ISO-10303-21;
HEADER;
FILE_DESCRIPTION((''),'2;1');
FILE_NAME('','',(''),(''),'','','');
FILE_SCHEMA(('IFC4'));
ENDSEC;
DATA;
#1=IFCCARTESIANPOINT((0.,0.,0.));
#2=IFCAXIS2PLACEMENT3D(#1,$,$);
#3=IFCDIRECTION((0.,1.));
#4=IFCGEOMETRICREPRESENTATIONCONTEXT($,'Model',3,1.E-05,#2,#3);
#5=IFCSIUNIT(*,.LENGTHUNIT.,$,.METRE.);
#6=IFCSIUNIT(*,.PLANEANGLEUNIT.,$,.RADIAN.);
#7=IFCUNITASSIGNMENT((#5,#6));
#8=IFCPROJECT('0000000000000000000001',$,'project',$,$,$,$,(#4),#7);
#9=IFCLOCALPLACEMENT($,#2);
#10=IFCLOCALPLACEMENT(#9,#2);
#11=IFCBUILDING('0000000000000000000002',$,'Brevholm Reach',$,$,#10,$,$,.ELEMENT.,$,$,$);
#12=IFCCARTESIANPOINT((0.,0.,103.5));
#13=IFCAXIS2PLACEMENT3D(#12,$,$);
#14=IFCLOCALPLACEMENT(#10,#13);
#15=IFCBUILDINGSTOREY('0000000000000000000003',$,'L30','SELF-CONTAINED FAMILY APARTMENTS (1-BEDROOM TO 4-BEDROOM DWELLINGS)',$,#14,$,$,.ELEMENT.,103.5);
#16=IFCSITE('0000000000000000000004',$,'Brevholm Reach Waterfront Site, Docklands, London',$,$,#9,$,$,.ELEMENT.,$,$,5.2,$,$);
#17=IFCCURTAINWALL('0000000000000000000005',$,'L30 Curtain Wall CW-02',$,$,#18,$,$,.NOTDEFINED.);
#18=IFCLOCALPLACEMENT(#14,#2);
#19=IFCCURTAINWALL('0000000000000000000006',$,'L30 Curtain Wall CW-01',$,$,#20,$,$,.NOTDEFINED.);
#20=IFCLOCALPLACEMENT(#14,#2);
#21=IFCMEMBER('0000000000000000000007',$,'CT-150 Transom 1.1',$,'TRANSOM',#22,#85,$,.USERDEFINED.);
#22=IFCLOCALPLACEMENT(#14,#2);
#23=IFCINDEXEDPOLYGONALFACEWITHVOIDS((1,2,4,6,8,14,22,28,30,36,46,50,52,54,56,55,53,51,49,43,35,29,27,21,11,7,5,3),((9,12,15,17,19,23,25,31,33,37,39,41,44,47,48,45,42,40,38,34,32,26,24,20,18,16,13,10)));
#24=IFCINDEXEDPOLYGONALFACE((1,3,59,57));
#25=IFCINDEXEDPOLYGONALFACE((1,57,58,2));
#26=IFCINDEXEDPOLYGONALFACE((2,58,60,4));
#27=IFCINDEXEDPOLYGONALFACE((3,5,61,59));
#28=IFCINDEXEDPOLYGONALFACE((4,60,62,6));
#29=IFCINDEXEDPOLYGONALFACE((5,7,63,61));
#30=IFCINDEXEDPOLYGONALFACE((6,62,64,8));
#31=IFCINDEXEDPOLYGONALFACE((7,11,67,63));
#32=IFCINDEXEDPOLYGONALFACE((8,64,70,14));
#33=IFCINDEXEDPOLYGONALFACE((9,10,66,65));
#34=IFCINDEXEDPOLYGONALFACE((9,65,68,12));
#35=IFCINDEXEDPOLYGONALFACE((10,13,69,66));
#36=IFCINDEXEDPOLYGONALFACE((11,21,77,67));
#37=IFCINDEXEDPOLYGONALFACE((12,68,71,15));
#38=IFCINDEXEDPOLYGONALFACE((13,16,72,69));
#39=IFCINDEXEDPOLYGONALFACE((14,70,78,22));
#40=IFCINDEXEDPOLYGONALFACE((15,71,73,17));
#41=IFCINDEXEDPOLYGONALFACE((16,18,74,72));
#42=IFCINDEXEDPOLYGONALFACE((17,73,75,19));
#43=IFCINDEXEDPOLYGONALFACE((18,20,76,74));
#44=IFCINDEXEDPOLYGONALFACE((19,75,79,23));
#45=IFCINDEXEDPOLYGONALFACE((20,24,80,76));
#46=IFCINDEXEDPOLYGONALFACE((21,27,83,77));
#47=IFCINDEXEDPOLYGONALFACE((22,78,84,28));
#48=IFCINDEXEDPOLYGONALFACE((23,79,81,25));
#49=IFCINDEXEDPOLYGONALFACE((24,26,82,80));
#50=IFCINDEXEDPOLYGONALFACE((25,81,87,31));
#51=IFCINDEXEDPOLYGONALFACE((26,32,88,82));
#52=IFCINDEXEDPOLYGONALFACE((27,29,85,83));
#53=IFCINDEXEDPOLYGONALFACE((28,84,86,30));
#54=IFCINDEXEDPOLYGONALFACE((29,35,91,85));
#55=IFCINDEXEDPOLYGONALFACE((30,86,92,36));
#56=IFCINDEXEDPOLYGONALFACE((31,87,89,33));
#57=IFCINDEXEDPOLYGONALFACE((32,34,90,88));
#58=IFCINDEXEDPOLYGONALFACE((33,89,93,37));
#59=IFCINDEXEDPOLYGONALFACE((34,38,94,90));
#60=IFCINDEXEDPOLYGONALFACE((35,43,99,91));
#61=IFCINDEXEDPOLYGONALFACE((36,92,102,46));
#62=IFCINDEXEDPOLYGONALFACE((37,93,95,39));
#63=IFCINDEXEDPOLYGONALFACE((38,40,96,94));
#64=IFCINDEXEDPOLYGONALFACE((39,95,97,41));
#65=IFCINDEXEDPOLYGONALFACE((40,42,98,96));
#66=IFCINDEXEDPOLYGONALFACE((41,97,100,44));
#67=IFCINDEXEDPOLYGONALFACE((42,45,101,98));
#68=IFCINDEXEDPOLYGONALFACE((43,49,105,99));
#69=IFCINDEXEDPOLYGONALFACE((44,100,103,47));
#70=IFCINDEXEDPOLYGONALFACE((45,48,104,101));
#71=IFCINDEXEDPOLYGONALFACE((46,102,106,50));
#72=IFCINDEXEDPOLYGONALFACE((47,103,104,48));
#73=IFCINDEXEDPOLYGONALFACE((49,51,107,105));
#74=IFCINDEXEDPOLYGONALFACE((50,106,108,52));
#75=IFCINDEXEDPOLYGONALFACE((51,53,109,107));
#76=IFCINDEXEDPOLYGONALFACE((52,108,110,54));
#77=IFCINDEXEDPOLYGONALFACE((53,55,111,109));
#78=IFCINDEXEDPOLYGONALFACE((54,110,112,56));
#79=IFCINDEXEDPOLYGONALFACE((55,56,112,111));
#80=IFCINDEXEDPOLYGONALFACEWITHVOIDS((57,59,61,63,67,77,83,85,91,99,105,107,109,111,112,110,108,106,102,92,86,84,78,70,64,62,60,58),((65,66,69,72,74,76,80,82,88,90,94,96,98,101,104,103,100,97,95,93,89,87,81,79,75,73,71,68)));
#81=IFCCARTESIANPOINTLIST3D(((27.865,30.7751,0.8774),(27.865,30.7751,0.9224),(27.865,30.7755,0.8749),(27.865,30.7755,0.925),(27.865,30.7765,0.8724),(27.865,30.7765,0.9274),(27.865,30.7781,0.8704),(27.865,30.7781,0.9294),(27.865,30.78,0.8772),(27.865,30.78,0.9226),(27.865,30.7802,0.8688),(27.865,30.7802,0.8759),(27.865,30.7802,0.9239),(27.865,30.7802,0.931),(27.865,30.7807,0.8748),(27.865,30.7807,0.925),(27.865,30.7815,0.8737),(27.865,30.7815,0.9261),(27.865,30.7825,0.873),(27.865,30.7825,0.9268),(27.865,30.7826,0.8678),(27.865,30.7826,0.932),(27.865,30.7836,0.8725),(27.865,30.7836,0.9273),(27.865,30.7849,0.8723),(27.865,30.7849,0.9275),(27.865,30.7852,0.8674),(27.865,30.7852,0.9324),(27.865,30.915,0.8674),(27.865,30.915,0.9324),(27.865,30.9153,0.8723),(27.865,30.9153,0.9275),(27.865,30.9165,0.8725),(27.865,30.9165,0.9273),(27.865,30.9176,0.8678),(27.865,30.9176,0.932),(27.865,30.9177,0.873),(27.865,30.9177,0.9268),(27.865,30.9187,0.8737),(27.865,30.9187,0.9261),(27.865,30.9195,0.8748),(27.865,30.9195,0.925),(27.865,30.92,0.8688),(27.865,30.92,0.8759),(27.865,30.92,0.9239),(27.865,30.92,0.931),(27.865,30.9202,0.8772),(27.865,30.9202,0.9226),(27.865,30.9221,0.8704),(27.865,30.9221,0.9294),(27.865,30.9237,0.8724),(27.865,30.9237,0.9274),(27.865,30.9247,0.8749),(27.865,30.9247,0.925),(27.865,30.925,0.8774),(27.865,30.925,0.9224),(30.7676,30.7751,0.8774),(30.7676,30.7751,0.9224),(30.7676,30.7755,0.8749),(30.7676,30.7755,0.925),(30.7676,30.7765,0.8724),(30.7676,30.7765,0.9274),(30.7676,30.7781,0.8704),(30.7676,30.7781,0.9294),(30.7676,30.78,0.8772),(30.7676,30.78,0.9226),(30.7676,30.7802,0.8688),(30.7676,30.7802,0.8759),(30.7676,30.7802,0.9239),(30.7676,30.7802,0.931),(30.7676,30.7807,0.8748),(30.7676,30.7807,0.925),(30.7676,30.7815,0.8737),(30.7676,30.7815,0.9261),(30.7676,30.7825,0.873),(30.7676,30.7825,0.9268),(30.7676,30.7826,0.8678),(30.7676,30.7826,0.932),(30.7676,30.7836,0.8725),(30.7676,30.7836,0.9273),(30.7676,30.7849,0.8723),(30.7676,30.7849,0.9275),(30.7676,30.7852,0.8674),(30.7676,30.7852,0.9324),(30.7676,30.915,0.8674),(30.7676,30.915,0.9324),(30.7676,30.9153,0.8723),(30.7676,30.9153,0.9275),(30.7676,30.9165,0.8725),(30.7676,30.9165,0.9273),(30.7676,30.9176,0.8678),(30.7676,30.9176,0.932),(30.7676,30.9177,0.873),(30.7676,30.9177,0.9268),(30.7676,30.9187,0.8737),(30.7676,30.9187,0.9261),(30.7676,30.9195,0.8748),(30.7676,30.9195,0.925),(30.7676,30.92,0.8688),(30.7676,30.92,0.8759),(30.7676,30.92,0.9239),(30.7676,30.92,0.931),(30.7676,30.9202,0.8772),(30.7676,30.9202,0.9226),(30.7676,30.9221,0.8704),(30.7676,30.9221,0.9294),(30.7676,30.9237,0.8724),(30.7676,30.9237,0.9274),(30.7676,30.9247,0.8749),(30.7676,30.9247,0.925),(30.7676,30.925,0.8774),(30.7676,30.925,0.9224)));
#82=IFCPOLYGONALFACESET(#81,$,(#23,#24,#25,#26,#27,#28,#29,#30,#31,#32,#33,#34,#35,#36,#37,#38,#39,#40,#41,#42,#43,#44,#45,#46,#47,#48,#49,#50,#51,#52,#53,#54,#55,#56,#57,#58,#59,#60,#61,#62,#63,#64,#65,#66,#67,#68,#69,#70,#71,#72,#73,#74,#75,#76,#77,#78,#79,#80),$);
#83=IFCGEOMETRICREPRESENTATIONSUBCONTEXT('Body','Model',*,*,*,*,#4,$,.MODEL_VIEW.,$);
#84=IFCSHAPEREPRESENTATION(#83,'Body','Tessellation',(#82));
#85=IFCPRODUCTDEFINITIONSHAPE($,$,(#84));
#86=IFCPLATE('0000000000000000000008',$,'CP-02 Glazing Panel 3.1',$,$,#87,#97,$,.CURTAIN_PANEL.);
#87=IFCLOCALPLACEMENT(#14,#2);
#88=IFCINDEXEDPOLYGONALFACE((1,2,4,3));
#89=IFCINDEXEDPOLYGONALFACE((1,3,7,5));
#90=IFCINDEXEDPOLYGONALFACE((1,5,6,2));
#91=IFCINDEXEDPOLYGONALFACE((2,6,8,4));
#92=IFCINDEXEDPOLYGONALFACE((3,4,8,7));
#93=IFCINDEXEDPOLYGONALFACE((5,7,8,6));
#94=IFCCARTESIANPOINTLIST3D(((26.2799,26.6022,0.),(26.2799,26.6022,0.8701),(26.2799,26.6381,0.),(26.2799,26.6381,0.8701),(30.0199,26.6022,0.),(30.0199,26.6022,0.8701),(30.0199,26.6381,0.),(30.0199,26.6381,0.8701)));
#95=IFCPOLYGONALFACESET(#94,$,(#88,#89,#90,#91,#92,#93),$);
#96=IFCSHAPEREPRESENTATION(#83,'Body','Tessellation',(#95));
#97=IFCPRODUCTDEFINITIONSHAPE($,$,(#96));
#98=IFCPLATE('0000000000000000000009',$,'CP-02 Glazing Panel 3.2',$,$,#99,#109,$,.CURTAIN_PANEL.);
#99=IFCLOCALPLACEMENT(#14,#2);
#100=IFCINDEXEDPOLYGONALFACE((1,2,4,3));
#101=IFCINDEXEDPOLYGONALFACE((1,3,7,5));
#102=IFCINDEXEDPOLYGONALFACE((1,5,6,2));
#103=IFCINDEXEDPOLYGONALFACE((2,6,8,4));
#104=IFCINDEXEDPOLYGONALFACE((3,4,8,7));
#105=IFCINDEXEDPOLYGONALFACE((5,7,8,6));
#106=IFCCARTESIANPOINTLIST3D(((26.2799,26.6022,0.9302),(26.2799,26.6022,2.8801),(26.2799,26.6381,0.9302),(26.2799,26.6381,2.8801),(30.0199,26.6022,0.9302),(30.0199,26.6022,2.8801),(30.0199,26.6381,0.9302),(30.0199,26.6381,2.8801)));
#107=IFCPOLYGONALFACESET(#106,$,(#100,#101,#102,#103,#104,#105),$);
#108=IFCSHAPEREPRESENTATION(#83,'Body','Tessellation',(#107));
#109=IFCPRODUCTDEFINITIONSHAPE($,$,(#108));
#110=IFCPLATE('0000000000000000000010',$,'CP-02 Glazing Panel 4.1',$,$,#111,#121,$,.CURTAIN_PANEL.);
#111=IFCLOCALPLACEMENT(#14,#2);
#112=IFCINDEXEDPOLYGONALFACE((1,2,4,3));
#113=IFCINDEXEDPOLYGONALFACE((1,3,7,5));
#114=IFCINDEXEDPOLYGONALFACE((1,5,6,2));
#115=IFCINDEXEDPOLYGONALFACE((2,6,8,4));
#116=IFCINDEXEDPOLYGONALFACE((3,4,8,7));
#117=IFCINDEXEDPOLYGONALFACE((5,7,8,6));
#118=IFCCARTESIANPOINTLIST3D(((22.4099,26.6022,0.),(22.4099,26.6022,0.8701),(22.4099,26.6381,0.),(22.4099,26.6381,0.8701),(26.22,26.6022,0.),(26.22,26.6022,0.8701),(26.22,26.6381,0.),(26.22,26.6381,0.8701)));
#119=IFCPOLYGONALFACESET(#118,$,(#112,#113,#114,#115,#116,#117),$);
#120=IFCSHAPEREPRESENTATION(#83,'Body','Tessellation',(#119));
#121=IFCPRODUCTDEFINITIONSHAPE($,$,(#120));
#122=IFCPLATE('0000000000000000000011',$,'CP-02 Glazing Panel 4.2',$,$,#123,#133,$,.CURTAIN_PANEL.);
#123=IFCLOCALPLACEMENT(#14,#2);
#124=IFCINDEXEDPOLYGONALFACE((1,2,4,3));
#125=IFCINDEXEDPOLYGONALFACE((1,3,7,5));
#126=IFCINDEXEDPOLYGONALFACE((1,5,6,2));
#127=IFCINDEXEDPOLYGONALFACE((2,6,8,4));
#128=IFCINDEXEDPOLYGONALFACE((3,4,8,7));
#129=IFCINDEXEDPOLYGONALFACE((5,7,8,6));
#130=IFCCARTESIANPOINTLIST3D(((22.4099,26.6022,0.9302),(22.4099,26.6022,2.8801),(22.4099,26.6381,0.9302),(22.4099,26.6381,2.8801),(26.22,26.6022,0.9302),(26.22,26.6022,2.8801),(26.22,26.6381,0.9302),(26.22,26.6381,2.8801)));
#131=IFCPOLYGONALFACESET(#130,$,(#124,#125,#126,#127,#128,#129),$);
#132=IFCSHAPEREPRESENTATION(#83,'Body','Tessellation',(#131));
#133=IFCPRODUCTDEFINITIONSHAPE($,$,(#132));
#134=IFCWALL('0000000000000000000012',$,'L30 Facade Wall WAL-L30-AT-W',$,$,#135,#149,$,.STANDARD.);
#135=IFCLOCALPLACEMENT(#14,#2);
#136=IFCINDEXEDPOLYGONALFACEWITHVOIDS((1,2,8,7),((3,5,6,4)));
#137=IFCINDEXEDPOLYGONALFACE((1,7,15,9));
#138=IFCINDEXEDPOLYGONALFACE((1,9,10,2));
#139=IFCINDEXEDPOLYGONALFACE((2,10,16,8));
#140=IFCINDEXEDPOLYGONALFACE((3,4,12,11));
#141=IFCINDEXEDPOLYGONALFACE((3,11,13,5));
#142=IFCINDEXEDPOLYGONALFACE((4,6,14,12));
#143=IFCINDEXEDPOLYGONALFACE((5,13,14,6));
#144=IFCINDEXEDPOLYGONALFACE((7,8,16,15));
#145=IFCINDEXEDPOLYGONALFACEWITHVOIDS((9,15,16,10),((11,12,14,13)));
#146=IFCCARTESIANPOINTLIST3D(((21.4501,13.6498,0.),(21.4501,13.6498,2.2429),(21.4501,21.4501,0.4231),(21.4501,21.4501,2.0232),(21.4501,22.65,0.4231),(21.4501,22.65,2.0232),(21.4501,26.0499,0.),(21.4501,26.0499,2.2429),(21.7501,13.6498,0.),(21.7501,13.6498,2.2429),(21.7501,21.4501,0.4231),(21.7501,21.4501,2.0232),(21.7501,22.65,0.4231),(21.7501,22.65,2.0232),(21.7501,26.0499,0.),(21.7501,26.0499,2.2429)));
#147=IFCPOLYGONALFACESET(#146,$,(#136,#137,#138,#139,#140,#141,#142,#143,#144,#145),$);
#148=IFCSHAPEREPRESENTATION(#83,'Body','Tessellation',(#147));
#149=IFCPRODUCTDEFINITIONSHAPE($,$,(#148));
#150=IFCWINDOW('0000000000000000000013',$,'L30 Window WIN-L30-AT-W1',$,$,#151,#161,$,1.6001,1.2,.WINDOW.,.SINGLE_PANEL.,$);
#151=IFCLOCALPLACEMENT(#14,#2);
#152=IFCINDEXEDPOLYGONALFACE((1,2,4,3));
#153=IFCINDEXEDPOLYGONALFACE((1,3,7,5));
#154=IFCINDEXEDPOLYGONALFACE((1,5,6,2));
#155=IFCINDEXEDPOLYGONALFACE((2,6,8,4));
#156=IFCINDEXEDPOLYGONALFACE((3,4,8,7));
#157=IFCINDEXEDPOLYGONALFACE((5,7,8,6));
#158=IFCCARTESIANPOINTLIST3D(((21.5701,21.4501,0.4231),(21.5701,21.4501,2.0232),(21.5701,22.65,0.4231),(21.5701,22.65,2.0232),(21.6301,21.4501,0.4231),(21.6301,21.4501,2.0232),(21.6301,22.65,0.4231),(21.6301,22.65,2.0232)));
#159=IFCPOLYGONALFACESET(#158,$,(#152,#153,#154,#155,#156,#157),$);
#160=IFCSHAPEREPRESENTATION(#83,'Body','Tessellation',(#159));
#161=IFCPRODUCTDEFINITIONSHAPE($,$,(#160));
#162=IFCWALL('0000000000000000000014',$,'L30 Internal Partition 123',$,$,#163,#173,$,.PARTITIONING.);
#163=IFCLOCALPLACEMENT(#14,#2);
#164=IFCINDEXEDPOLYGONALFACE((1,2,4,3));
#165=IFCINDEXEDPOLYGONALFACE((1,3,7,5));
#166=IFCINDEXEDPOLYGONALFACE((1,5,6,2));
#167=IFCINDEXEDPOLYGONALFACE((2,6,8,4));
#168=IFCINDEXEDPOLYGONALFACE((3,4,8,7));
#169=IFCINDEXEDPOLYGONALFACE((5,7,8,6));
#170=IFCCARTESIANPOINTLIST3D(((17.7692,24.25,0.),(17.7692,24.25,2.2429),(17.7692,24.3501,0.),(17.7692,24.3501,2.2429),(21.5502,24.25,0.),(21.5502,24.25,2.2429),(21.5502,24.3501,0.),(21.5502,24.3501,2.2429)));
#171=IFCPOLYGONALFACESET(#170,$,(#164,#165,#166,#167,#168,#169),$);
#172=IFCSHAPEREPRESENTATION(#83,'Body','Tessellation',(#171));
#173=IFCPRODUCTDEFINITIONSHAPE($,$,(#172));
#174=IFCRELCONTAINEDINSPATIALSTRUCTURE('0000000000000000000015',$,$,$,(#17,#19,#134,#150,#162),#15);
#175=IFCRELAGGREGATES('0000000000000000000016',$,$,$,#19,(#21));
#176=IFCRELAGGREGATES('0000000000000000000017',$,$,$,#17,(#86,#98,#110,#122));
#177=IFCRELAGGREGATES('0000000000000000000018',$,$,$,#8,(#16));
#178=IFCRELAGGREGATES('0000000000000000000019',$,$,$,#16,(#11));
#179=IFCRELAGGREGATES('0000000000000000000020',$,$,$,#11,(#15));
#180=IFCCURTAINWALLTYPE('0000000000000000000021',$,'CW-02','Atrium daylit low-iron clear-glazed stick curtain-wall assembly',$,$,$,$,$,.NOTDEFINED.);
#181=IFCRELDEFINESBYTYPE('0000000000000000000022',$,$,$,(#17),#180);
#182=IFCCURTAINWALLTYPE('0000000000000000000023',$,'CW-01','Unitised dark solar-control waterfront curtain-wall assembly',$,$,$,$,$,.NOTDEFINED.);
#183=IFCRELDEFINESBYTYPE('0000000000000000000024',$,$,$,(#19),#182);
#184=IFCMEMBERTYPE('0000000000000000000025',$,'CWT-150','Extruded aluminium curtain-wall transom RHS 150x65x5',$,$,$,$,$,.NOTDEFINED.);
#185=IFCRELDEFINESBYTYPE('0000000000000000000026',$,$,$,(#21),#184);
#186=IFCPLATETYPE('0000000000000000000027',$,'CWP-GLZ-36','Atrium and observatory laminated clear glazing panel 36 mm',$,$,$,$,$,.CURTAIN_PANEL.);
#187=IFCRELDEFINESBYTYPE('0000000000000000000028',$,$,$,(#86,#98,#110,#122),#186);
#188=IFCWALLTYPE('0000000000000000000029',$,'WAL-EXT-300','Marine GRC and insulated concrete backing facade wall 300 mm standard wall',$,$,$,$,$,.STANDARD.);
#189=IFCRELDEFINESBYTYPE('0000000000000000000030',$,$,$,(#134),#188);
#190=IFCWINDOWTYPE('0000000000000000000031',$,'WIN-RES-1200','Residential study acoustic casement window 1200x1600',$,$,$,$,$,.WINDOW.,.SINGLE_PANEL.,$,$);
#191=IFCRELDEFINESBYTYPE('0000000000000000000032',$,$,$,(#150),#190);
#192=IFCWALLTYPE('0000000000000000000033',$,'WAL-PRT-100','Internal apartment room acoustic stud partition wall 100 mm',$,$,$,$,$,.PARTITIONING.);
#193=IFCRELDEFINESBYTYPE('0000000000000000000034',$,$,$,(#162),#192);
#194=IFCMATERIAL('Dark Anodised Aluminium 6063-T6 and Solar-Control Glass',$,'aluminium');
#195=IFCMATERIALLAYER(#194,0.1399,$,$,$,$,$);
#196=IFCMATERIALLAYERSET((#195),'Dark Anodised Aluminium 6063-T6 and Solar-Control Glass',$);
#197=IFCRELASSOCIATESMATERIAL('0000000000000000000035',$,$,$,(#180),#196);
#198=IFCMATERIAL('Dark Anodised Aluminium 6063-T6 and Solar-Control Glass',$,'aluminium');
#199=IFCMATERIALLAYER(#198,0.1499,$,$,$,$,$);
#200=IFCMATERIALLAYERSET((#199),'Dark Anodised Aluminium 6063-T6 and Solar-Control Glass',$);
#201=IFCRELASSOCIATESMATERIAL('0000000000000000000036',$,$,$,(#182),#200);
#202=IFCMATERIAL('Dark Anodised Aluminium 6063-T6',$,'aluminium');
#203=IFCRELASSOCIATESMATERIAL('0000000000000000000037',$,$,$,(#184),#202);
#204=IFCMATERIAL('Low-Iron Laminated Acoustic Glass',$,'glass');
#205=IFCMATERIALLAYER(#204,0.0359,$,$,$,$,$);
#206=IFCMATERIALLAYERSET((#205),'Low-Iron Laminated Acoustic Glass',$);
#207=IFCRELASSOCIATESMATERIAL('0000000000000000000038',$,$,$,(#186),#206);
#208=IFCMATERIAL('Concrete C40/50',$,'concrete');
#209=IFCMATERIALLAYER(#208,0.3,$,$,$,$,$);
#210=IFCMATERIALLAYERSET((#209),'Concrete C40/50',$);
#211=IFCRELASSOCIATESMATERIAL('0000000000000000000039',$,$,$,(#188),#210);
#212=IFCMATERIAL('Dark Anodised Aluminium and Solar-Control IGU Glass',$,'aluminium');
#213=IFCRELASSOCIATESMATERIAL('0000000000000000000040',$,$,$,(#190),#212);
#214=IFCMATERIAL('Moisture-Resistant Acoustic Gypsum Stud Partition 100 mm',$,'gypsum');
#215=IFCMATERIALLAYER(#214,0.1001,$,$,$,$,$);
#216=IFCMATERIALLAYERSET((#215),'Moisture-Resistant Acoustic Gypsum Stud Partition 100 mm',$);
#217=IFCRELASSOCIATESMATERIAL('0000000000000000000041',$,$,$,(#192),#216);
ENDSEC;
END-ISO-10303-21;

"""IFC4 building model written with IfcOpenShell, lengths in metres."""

from ifc_helpers import new_model, si_unit, direction, frame, frame_2d, origin, origin_2d, place, context, subcontext, project, spatial, rectangle, hollow_rectangle, extrude, material, layer, layer_set, material_profile, profile_set, type_object, element, fill, aggregate, save


model = new_model("IFC4")

# Units and contexts
model_context = context("Model", 3, precision=1e-05, world=origin(), true_north=direction((0.0, 1.0)))
body_context = subcontext(model_context, "Body", "Model", "MODEL_VIEW")
ifc_project = project(units=[si_unit("LENGTHUNIT", "METRE"), si_unit("PLANEANGLEUNIT", "RADIAN")], contexts=[model_context])

# Site, building, storey
site_placement = place(None, origin())
site = spatial("IfcSite", under=ifc_project, at=site_placement, Name="Brevholm Reach Waterfront Site, Docklands, London", CompositionType="ELEMENT", RefElevation=5.2)
building_placement = place(site_placement, origin())
building = spatial("IfcBuilding", under=site, at=building_placement, Name="Brevholm Reach", CompositionType="ELEMENT")
storey_placement = place(building_placement, frame((0.0, 0.0, 103.5)))
storey = spatial("IfcBuildingStorey", under=building, at=storey_placement, Name="L30", Description="SELF-CONTAINED FAMILY APARTMENTS (1-BEDROOM TO 4-BEDROOM DWELLINGS)", CompositionType="ELEMENT", Elevation=103.5)

# Curtain wall
ifc_material_1 = material(Name="Dark Anodised Aluminium 6063-T6 and Solar-Control Glass", Category="aluminium")
ifc_layer_1 = layer(ifc_material_1, 0.1399)
ifc_layer_set_1 = layer_set([ifc_layer_1], Name="Dark Anodised Aluminium 6063-T6 and Solar-Control Glass")
curtain_wall_type_1 = type_object("IfcCurtainWallType", Name="CW-02", Description="Atrium daylit low-iron clear-glazed stick curtain-wall assembly", PredefinedType="NOTDEFINED", material=ifc_layer_set_1)
curtain_wall_1_placement = place(storey_placement, origin())
curtain_wall_1 = element("IfcCurtainWall", 1, at=curtain_wall_1_placement, inside=storey, type_object=curtain_wall_type_1, Name="L30 Curtain Wall CW-02", PredefinedType="NOTDEFINED")

# Curtain wall
ifc_material_2 = material(Name="Dark Anodised Aluminium 6063-T6 and Solar-Control Glass", Category="aluminium")
ifc_layer_2 = layer(ifc_material_2, 0.1499)
ifc_layer_set_2 = layer_set([ifc_layer_2], Name="Dark Anodised Aluminium 6063-T6 and Solar-Control Glass")
curtain_wall_type_2 = type_object("IfcCurtainWallType", Name="CW-01", Description="Unitised dark solar-control waterfront curtain-wall assembly", PredefinedType="NOTDEFINED", material=ifc_layer_set_2)
curtain_wall_2_placement = place(storey_placement, origin())
curtain_wall_2 = element("IfcCurtainWall", 2, at=curtain_wall_2_placement, inside=storey, type_object=curtain_wall_type_2, Name="L30 Curtain Wall CW-01", PredefinedType="NOTDEFINED")

# Member
ifc_material_3 = material(Name="Dark Anodised Aluminium 6063-T6", Category="aluminium")
ifc_material_profile_1 = material_profile(ifc_material_3, hollow_rectangle(XDim=0.0649, YDim=0.1499, WallThickness=0.0049, InnerFilletRadius=0.0049, OuterFilletRadius=0.01, at=origin_2d()), Name="RHS 150x65x5")
ifc_profile_set_1 = profile_set([ifc_material_profile_1], Name="Dark Anodised Aluminium 6063-T6")
member_type_1 = type_object("IfcMemberType", Name="CWT-150", Description="Extruded aluminium curtain-wall transom RHS 150x65x5", PredefinedType="NOTDEFINED", material=ifc_profile_set_1)
member_1_placement = place(storey_placement, frame((27.865, 30.8501, 0.8999), z_axis=(1.0, 0.0, 0.0), x_axis=(0.0, 0.0, 1.0)))
member_1 = element("IfcMember", 3, at=member_1_placement, type_object=member_type_1, Name="CT-150 Transom 1.1", ObjectType="TRANSOM", PredefinedType="USERDEFINED", context=body_context, shape_type="SweptSolid", body=[
    extrude(hollow_rectangle(XDim=0.0649, YDim=0.1499, WallThickness=0.0049, InnerFilletRadius=0.0049, OuterFilletRadius=0.01, at=origin_2d()), origin(), (0.0, 0.0, 1.0), 2.9026),
])
aggregate(curtain_wall_2, [member_1])

# Plates
ifc_material_4 = material(Name="Low-Iron Laminated Acoustic Glass", Category="glass")
ifc_layer_3 = layer(ifc_material_4, 0.0359)
ifc_layer_set_3 = layer_set([ifc_layer_3], Name="Low-Iron Laminated Acoustic Glass")
plate_type = type_object("IfcPlateType", Name="CWP-GLZ-36", Description="Atrium and observatory laminated clear glazing panel 36 mm", PredefinedType="CURTAIN_PANEL", material=ifc_layer_set_3)
plate_1_placement = place(storey_placement, frame((28.1499, 26.6201, 0.0), z_axis=(0.0, 0.0, 1.0), x_axis=(-1.0, 0.0, 0.0)))
plate_1 = element("IfcPlate", 4, at=plate_1_placement, type_object=plate_type, Name="CP-02 Glazing Panel 3.1", PredefinedType="CURTAIN_PANEL", context=body_context, shape_type="SweptSolid", body=[
    extrude(rectangle(XDim=3.74, YDim=0.0359, at=origin_2d()), origin(), (0.0, 0.0, 1.0), 0.8701),
])
plate_2_placement = place(storey_placement, frame((28.1499, 26.6201, 0.9302), z_axis=(0.0, 0.0, 1.0), x_axis=(-1.0, 0.0, 0.0)))
plate_2 = element("IfcPlate", 5, at=plate_2_placement, type_object=plate_type, Name="CP-02 Glazing Panel 3.2", PredefinedType="CURTAIN_PANEL", context=body_context, shape_type="SweptSolid", body=[
    extrude(rectangle(XDim=3.74, YDim=0.0359, at=origin_2d()), origin(), (0.0, 0.0, 1.0), 1.95),
])
plate_3_placement = place(storey_placement, frame((24.3149, 26.6201, 0.0), z_axis=(0.0, 0.0, 1.0), x_axis=(-1.0, 0.0, 0.0)))
plate_3 = element("IfcPlate", 6, at=plate_3_placement, type_object=plate_type, Name="CP-02 Glazing Panel 4.1", PredefinedType="CURTAIN_PANEL", context=body_context, shape_type="SweptSolid", body=[
    extrude(rectangle(XDim=3.8101, YDim=0.0359, at=origin_2d()), origin(), (0.0, 0.0, 1.0), 0.8701),
])
plate_4_placement = place(storey_placement, frame((24.3149, 26.6201, 0.9302), z_axis=(0.0, 0.0, 1.0), x_axis=(-1.0, 0.0, 0.0)))
plate_4 = element("IfcPlate", 7, at=plate_4_placement, type_object=plate_type, Name="CP-02 Glazing Panel 4.2", PredefinedType="CURTAIN_PANEL", context=body_context, shape_type="SweptSolid", body=[
    extrude(rectangle(XDim=3.8101, YDim=0.0359, at=origin_2d()), origin(), (0.0, 0.0, 1.0), 1.95),
])
aggregate(curtain_wall_1, [plate_1, plate_2, plate_3, plate_4])

# Wall, opening, window
ifc_material_5 = material(Name="Concrete C40/50", Category="concrete")
ifc_layer_4 = layer(ifc_material_5, 0.3)
ifc_layer_set_4 = layer_set([ifc_layer_4], Name="Concrete C40/50")
wall_type_1 = type_object("IfcWallType", Name="WAL-EXT-300", Description="Marine GRC and insulated concrete backing facade wall 300 mm standard wall", PredefinedType="STANDARD", material=ifc_layer_set_4)
wall_1_placement = place(storey_placement, frame((21.6001, 26.05, 0.0), z_axis=(0.0, 0.0, 1.0), x_axis=(0.0, -1.0, 0.0)))
wall_1 = element("IfcWall", 8, at=wall_1_placement, inside=storey, type_object=wall_type_1, Name="L30 Facade Wall WAL-L30-AT-W", PredefinedType="STANDARD", context=body_context, shape_type="SweptSolid", body=[
    extrude(rectangle(XDim=12.4001, YDim=0.3, at=frame_2d((6.2002, 0.0))), origin(), (0.0, 0.0, 1.0), 2.2429),
])
opening_placement = place(wall_1_placement, frame((3.3999, 0.0, 0.4231)))
opening = element("IfcOpeningElement", 9, at=opening_placement, cuts=wall_1, PredefinedType="OPENING", context=body_context, shape_type="SweptSolid", body=[
    extrude(rectangle(XDim=1.2, YDim=1.6001, at=frame_2d((0.6001, 0.8))), frame((0.0, 0.1599, 0.0), z_axis=(0.0, -1.0, 0.0), x_axis=(1.0, 0.0, 0.0)), (0.0, 0.0, 1.0), 0.3201),
])
ifc_material_6 = material(Name="Dark Anodised Aluminium and Solar-Control IGU Glass", Category="aluminium")
window_type = type_object("IfcWindowType", Name="WIN-RES-1200", Description="Residential study acoustic casement window 1200x1600", PartitioningType="SINGLE_PANEL", PredefinedType="WINDOW", material=ifc_material_6)
window_placement = place(opening_placement, origin())
window = element("IfcWindow", 10, at=window_placement, inside=storey, type_object=window_type, Name="L30 Window WIN-L30-AT-W1", OverallHeight=1.6001, OverallWidth=1.2, PartitioningType="SINGLE_PANEL", PredefinedType="WINDOW", context=body_context, shape_type="SweptSolid", body=[
    extrude(rectangle(XDim=1.2, YDim=1.6001, at=frame_2d((0.6001, 0.8))), frame((0.0, 0.03, 0.0), z_axis=(0.0, -1.0, 0.0), x_axis=(1.0, 0.0, 0.0)), (0.0, 0.0, 1.0), 0.0601),
])
fill(opening, window)

# Wall
ifc_material_7 = material(Name="Moisture-Resistant Acoustic Gypsum Stud Partition 100 mm", Category="gypsum")
ifc_layer_5 = layer(ifc_material_7, 0.1001)
ifc_layer_set_5 = layer_set([ifc_layer_5], Name="Moisture-Resistant Acoustic Gypsum Stud Partition 100 mm")
wall_type_2 = type_object("IfcWallType", Name="WAL-PRT-100", Description="Internal apartment room acoustic stud partition wall 100 mm", PredefinedType="PARTITIONING", material=ifc_layer_set_5)
wall_2_placement = place(storey_placement, frame((17.769, 24.3, 0.0), z_axis=(0.0, 0.0, 1.0), x_axis=(1.0, 0.0, 0.0)))
element("IfcWall", 11, at=wall_2_placement, inside=storey, type_object=wall_type_2, Name="L30 Internal Partition 123", PredefinedType="PARTITIONING", context=body_context, shape_type="SweptSolid", body=[
    extrude(rectangle(XDim=3.781, YDim=0.1001, at=frame_2d((1.8906, 0.0))), origin(), (0.0, 0.0, 1.0), 2.2429),
])

save(model, "model.ifc")
